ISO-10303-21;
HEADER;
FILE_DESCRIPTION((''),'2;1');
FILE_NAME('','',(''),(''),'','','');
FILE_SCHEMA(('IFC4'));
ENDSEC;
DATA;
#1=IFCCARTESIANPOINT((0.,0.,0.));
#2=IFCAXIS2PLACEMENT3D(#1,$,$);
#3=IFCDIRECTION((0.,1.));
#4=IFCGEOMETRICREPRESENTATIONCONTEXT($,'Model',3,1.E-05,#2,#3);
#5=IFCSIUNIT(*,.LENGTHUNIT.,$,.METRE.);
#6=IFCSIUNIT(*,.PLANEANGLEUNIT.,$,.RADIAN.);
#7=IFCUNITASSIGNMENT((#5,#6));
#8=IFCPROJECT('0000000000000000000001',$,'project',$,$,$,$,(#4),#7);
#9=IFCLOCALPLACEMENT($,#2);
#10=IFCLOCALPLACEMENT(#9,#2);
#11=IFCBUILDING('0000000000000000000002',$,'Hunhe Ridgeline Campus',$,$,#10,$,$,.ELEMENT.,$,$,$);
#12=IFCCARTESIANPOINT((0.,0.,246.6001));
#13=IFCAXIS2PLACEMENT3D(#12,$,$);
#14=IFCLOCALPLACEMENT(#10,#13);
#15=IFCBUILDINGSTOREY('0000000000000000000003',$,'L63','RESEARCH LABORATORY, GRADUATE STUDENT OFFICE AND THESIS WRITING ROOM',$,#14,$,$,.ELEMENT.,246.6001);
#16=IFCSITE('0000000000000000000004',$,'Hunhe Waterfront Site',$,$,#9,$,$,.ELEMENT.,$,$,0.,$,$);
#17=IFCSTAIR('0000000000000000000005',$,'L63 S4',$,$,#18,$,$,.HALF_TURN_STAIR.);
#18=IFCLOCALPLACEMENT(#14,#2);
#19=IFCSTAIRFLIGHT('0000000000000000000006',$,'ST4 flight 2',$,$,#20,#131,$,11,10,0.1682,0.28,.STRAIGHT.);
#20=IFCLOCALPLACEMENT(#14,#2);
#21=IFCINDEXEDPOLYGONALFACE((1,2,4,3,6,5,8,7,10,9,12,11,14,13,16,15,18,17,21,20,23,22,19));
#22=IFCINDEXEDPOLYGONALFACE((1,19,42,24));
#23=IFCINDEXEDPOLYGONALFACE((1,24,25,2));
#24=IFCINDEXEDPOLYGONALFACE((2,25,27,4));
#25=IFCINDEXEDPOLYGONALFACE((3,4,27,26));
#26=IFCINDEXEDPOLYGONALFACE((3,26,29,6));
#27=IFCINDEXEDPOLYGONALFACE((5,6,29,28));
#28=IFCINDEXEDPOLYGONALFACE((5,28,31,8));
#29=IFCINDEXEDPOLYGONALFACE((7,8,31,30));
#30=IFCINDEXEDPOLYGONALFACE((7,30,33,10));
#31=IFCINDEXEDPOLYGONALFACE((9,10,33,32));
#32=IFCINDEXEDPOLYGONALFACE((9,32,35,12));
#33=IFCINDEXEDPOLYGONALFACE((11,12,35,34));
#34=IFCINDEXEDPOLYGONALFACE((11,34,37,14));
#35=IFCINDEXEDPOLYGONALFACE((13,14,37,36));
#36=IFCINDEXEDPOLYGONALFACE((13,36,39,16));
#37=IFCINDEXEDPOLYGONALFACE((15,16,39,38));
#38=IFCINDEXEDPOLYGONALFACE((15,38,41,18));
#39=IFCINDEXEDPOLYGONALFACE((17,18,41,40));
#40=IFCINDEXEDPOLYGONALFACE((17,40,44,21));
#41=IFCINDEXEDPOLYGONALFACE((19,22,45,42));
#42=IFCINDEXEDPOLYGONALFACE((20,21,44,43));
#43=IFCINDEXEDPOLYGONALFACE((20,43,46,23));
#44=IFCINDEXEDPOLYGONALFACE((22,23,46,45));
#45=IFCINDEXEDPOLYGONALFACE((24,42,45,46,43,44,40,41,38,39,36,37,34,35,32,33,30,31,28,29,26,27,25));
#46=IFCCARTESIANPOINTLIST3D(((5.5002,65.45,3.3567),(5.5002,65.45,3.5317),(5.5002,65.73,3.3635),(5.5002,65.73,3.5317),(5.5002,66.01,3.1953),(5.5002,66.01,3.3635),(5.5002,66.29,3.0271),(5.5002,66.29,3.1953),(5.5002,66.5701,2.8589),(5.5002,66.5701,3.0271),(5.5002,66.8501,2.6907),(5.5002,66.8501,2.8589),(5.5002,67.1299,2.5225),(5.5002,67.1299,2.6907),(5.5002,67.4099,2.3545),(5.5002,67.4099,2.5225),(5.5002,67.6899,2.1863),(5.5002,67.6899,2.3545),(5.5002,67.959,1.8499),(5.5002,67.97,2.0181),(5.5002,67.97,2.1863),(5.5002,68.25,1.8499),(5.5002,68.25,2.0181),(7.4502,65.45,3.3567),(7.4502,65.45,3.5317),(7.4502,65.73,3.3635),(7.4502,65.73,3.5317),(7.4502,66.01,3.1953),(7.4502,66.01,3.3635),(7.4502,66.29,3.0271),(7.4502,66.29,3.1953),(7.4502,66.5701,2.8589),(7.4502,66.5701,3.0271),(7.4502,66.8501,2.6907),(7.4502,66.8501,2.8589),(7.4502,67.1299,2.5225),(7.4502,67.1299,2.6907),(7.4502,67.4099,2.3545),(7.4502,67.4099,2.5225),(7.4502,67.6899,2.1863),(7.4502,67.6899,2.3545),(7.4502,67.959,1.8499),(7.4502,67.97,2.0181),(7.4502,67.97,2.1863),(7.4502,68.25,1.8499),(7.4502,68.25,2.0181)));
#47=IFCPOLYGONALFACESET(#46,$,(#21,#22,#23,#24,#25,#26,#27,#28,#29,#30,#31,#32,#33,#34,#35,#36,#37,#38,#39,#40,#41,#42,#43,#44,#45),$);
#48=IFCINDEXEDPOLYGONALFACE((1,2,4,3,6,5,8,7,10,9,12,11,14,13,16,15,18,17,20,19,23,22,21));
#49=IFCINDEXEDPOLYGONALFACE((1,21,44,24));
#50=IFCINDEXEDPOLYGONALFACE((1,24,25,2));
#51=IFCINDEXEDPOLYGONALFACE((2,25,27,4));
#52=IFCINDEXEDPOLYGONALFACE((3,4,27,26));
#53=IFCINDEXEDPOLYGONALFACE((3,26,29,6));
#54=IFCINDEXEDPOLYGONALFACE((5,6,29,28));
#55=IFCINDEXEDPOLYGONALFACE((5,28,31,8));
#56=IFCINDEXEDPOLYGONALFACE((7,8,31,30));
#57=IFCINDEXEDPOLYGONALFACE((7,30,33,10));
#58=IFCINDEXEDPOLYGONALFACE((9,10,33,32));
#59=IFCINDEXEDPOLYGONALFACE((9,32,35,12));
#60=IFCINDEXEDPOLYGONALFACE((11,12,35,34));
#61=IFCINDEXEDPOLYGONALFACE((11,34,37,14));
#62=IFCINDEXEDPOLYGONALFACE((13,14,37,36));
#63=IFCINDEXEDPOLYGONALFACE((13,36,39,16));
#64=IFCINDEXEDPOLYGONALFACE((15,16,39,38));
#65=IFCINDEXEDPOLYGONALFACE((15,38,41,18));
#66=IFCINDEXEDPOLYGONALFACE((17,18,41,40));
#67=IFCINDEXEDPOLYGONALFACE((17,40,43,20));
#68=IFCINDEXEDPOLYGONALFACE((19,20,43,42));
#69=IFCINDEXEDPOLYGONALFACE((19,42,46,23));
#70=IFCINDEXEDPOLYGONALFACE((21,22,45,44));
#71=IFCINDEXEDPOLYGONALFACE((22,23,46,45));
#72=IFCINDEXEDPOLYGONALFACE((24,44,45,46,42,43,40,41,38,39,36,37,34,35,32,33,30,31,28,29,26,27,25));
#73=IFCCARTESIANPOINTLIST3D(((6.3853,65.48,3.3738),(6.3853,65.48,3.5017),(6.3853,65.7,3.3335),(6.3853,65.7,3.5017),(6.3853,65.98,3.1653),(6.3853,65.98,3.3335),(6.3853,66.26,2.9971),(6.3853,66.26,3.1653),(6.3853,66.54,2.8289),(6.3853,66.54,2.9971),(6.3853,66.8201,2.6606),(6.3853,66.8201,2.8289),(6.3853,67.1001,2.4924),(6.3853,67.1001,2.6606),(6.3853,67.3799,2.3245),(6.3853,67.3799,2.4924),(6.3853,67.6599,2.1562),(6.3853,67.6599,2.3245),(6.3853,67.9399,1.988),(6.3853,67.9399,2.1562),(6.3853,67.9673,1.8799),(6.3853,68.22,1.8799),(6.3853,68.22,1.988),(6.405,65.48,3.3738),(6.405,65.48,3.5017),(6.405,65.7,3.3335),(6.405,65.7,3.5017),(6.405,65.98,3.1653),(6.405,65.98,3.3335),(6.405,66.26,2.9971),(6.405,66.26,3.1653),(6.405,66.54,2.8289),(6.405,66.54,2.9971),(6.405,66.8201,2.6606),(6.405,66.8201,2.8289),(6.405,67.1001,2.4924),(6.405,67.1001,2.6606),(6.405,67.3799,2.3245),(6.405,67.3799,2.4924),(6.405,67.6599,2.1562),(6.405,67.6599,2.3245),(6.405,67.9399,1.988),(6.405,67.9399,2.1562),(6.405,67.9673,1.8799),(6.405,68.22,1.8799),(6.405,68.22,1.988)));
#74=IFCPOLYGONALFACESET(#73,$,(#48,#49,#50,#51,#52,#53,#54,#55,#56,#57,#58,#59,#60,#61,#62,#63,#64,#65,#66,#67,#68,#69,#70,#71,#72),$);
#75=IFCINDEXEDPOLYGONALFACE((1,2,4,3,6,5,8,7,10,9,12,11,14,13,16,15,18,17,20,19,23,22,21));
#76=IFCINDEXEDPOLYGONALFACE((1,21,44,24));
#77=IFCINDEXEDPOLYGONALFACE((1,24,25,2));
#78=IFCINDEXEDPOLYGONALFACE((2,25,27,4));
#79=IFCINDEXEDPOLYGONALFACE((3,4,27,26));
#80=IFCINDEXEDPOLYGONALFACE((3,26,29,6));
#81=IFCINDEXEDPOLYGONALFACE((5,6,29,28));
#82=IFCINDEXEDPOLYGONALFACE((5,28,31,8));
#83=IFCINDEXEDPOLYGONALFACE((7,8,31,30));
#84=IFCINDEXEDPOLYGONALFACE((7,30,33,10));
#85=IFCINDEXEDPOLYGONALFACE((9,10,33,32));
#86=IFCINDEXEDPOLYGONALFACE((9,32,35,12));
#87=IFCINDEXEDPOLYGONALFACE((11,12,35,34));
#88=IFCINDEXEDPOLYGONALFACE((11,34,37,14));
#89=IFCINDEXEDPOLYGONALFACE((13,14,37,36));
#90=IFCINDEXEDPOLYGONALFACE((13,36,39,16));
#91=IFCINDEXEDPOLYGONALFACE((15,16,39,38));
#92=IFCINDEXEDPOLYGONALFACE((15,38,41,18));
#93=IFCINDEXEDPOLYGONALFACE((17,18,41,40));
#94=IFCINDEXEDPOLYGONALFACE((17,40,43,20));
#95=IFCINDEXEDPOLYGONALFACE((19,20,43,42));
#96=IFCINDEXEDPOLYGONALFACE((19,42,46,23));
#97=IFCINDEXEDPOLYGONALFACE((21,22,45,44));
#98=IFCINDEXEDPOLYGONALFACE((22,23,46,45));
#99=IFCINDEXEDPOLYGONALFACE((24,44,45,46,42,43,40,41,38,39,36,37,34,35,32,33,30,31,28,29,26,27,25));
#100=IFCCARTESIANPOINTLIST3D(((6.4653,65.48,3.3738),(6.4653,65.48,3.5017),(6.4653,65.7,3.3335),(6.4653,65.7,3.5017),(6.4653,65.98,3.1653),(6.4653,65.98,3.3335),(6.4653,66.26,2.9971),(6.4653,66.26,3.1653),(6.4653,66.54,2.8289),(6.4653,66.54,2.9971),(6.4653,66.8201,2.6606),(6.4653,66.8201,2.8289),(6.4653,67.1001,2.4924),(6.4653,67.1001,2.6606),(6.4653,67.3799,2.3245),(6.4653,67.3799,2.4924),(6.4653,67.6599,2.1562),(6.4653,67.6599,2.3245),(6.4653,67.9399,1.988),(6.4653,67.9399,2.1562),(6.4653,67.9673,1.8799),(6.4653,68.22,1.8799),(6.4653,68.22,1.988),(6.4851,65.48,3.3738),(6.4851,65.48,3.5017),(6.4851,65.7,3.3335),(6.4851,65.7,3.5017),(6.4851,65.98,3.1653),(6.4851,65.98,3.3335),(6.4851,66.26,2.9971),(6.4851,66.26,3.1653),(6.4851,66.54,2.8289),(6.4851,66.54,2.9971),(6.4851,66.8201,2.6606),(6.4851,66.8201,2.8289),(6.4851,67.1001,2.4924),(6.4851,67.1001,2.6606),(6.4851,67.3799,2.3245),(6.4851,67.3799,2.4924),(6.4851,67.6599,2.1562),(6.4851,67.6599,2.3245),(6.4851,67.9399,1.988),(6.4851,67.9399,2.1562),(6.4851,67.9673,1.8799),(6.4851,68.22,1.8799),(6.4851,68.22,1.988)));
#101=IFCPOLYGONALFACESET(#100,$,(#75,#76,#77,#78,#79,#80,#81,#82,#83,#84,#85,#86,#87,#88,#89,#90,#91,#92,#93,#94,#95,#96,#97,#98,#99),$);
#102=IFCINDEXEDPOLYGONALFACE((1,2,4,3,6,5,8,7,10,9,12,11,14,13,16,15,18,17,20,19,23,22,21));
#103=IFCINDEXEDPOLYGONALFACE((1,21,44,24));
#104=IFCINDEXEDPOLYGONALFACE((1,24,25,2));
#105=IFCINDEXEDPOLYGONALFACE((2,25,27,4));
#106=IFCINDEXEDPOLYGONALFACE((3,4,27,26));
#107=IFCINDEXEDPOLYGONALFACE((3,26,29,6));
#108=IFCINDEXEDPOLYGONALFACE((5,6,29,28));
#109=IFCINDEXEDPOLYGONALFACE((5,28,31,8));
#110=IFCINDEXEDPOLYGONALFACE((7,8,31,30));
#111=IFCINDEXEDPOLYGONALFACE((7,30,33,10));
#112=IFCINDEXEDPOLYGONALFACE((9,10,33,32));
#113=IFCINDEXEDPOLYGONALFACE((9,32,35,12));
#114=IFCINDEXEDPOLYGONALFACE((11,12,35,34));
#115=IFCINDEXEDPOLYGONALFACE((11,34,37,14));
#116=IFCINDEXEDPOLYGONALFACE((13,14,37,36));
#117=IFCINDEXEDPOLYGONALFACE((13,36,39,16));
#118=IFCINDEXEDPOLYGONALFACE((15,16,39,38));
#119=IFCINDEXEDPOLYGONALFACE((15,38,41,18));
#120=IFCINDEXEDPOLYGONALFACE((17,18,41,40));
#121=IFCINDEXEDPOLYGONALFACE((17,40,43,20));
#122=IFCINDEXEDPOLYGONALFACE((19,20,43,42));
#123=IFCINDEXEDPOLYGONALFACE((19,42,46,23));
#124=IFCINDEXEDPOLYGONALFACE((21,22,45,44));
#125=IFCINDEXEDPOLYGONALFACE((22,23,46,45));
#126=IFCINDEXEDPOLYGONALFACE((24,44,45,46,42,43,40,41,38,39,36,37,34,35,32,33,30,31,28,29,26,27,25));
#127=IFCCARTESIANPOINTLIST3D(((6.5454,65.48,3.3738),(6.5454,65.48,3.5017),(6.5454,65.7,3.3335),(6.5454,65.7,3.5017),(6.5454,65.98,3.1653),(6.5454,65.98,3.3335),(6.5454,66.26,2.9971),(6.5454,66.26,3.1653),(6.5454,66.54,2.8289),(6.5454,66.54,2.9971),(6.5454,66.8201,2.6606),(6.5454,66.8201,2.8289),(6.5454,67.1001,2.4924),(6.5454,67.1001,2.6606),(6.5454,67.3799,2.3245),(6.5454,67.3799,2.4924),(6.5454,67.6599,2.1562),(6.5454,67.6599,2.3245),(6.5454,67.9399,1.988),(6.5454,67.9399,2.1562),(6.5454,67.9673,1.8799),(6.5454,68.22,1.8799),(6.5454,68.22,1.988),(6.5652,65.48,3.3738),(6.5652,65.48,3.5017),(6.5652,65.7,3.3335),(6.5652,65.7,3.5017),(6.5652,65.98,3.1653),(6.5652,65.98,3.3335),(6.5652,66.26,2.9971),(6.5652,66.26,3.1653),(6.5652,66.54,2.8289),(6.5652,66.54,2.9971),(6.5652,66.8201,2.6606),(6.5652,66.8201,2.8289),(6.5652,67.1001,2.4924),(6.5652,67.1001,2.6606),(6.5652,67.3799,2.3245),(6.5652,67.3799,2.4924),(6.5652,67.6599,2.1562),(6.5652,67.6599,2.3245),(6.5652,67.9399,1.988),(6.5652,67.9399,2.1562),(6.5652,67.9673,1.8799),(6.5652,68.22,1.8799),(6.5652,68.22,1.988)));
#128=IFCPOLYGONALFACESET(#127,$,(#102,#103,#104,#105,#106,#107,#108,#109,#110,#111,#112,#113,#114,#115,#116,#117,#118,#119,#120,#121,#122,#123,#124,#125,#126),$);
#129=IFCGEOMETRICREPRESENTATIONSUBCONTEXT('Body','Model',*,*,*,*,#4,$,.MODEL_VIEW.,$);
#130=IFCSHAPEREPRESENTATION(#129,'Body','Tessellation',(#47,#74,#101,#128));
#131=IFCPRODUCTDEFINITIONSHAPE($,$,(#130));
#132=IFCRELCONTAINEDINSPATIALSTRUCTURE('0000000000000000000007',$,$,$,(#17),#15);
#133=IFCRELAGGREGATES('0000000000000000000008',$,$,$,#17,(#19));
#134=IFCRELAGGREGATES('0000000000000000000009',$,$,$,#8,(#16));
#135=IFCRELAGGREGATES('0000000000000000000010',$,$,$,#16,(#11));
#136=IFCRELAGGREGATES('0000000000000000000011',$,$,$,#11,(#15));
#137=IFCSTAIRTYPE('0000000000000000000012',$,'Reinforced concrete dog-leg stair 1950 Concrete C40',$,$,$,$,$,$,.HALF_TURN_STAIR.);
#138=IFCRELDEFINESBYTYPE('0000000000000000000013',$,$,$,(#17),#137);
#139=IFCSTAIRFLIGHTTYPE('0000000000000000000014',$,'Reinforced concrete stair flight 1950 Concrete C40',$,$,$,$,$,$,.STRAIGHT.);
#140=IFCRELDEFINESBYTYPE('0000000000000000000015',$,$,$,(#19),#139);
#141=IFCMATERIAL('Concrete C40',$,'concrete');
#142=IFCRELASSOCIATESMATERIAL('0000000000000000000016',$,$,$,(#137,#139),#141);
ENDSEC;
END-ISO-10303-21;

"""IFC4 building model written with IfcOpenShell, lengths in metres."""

from ifc_helpers import new_model, si_unit, direction, frame, origin, place, context, subcontext, project, spatial, polyline, outline, extrude, material, type_object, element, aggregate, save


model = new_model("IFC4")

# Units and contexts
model_context = context("Model", 3, precision=1e-05, world=origin(), true_north=direction((0.0, 1.0)))
body_context = subcontext(model_context, "Body", "Model", "MODEL_VIEW")
ifc_project = project(units=[si_unit("LENGTHUNIT", "METRE"), si_unit("PLANEANGLEUNIT", "RADIAN")], contexts=[model_context])

# Site, building, storey
site_placement = place(None, origin())
site = spatial("IfcSite", under=ifc_project, at=site_placement, Name="Hunhe Waterfront Site", CompositionType="ELEMENT", RefElevation=0.0)
building_placement = place(site_placement, origin())
building = spatial("IfcBuilding", under=site, at=building_placement, Name="Hunhe Ridgeline Campus", CompositionType="ELEMENT")
storey_placement = place(building_placement, frame((0.0, 0.0, 246.6001)))
storey = spatial("IfcBuildingStorey", under=building, at=storey_placement, Name="L63", Description="RESEARCH LABORATORY, GRADUATE STUDENT OFFICE AND THESIS WRITING ROOM", CompositionType="ELEMENT", Elevation=246.6001)

# Stair, stair flight
ifc_material_1 = material(Name="Concrete C40", Category="concrete")
stair_type = type_object("IfcStairType", Name="Reinforced concrete dog-leg stair 1950 Concrete C40", PredefinedType="HALF_TURN_STAIR", material=ifc_material_1)
stair_flight_type = type_object("IfcStairFlightType", Name="Reinforced concrete stair flight 1950 Concrete C40", PredefinedType="STRAIGHT", material=ifc_material_1)
stair_1_placement = place(storey_placement, origin())
stair_1 = element("IfcStair", 1, at=stair_1_placement, inside=storey, type_object=stair_type, Name="L63 S4", PredefinedType="HALF_TURN_STAIR")
stair_flight_1_placement = place(storey_placement, frame((6.4751, 68.25, 1.8499), z_axis=(0.0, 0.0, 1.0), x_axis=(0.0, -1.0, 0.0)))
stair_flight_1 = element("IfcStairFlight", 2, at=stair_flight_1_placement, type_object=stair_flight_type, Name="ST4 flight 2", NumberOfRisers=11, NumberOfTreads=10, PredefinedType="STRAIGHT", RiserHeight=0.1682, TreadLength=0.28, context=body_context, shape_type="SweptSolid", body=[
    extrude(outline(polyline([(0.0, 0.0), (0.0, 0.1682), (0.28, 0.1682), (0.28, 0.3364), (0.5601, 0.3364), (0.5601, 0.5046), (0.8401, 0.5046), (0.8401, 0.6726), (1.1201, 0.6726), (1.1201, 0.8408), (1.3999, 0.8408), (1.3999, 1.009), (1.6799, 1.009), (1.6799, 1.1772), (1.96, 1.1772), (1.96, 1.3455), (2.24, 1.3455), (2.24, 1.5137), (2.52, 1.5137), (2.52, 1.6819), (2.8, 1.6819), (2.8, 1.8501), (2.8, 1.5068), (0.291, 0.0), (0.0, 0.0)])), frame((0.0, 0.9751, 0.0), z_axis=(0.0, -1.0, 0.0), x_axis=(1.0, 0.0, 0.0)), (0.0, 0.0, 1.0), 1.95),
    extrude(outline(polyline([(0.03, 0.03), (0.03, 0.1382), (0.3101, 0.1382), (0.3101, 0.3064), (0.5901, 0.3064), (0.5901, 0.4746), (0.8701, 0.4746), (0.8701, 0.6426), (1.1499, 0.6426), (1.1499, 0.8108), (1.4299, 0.8108), (1.4299, 0.979), (1.71, 0.979), (1.71, 1.1472), (1.99, 1.1472), (1.99, 1.3154), (2.27, 1.3154), (2.27, 1.4836), (2.55, 1.4836), (2.55, 1.6519), (2.77, 1.6519), (2.77, 1.5239), (0.2827, 0.03), (0.03, 0.03)])), frame((0.0, -0.0701, 0.0), z_axis=(0.0, -1.0, 0.0), x_axis=(1.0, 0.0, 0.0)), (0.0, 0.0, 1.0), 0.0198),
    extrude(outline(polyline([(0.03, 0.03), (0.03, 0.1382), (0.3101, 0.1382), (0.3101, 0.3064), (0.5901, 0.3064), (0.5901, 0.4746), (0.8701, 0.4746), (0.8701, 0.6426), (1.1499, 0.6426), (1.1499, 0.8108), (1.4299, 0.8108), (1.4299, 0.979), (1.71, 0.979), (1.71, 1.1472), (1.99, 1.1472), (1.99, 1.3154), (2.27, 1.3154), (2.27, 1.4836), (2.55, 1.4836), (2.55, 1.6519), (2.77, 1.6519), (2.77, 1.5239), (0.2827, 0.03), (0.03, 0.03)])), frame((0.0, 0.01, 0.0), z_axis=(0.0, -1.0, 0.0), x_axis=(1.0, 0.0, 0.0)), (0.0, 0.0, 1.0), 0.0198),
    extrude(outline(polyline([(0.03, 0.03), (0.03, 0.1382), (0.3101, 0.1382), (0.3101, 0.3064), (0.5901, 0.3064), (0.5901, 0.4746), (0.8701, 0.4746), (0.8701, 0.6426), (1.1499, 0.6426), (1.1499, 0.8108), (1.4299, 0.8108), (1.4299, 0.979), (1.71, 0.979), (1.71, 1.1472), (1.99, 1.1472), (1.99, 1.3154), (2.27, 1.3154), (2.27, 1.4836), (2.55, 1.4836), (2.55, 1.6519), (2.77, 1.6519), (2.77, 1.5239), (0.2827, 0.03), (0.03, 0.03)])), frame((0.0, 0.0901, 0.0), z_axis=(0.0, -1.0, 0.0), x_axis=(1.0, 0.0, 0.0)), (0.0, 0.0, 1.0), 0.0198),
])
aggregate(stair_1, [stair_flight_1])

save(model, "model.ifc")
